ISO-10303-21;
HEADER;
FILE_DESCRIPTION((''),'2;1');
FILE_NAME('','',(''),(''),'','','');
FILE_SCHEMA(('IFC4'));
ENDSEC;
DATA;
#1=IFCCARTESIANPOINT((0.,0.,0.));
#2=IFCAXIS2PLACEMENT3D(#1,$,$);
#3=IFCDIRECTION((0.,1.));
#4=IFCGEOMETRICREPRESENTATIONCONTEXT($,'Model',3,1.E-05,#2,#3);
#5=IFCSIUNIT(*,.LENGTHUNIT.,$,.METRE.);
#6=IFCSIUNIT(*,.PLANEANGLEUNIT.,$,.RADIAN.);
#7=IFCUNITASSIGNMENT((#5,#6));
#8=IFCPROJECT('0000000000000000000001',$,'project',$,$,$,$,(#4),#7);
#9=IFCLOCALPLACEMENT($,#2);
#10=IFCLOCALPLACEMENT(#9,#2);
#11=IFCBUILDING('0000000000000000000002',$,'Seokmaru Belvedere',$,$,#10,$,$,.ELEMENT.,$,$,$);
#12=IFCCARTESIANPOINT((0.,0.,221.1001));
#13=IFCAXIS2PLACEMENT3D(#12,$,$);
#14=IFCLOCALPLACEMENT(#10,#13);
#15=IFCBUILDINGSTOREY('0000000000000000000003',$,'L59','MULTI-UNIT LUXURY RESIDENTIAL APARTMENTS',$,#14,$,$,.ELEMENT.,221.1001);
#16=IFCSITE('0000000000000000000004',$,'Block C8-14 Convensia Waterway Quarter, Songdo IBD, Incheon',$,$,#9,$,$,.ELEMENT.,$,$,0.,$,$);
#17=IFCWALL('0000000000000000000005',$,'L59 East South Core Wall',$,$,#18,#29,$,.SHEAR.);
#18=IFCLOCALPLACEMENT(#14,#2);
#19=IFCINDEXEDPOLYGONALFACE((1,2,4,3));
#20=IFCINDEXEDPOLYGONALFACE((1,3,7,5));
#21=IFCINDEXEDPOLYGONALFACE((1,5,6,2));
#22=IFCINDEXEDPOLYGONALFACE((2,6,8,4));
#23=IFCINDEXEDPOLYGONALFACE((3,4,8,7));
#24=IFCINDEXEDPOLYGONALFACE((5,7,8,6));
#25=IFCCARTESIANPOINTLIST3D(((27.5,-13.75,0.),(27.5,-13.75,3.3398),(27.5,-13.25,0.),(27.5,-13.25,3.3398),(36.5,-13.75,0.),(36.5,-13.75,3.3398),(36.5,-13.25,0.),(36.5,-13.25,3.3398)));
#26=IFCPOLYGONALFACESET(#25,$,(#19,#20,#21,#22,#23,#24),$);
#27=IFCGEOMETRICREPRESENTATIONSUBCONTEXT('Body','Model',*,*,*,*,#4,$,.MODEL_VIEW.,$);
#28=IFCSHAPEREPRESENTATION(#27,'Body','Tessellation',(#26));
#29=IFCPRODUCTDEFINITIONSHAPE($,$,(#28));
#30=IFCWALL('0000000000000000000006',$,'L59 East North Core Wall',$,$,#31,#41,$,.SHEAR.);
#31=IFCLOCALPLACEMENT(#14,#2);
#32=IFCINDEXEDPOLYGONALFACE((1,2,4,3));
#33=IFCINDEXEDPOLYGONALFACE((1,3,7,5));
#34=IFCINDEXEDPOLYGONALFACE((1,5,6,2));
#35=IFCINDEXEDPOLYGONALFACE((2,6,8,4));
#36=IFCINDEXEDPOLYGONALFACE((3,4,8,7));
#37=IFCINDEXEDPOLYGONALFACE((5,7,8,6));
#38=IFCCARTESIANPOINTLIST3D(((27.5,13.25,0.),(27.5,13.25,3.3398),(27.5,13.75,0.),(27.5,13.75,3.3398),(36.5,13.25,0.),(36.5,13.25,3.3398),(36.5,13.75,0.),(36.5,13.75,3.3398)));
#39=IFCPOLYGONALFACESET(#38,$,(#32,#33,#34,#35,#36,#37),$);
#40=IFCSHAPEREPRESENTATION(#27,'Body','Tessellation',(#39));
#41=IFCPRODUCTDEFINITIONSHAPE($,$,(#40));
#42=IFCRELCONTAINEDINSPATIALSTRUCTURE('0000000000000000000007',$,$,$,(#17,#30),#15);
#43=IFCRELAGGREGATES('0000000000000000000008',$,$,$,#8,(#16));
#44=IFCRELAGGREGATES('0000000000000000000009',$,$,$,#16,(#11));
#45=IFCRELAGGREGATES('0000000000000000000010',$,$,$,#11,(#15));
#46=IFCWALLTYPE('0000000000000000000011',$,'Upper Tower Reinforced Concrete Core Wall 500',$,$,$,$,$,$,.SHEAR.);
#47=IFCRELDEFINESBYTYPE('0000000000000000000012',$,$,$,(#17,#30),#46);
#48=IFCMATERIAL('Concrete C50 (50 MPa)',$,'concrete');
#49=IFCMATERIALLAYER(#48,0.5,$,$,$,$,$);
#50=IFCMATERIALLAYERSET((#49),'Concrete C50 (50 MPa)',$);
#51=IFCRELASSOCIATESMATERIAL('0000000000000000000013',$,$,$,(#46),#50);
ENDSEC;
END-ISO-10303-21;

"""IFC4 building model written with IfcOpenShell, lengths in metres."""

from ifc_helpers import new_model, si_unit, direction, frame, frame_2d, origin, place, context, subcontext, project, spatial, rectangle, extrude, material, layer, layer_set, type_object, element, save


model = new_model("IFC4")

# Units and contexts
model_context = context("Model", 3, precision=1e-05, world=origin(), true_north=direction((0.0, 1.0)))
body_context = subcontext(model_context, "Body", "Model", "MODEL_VIEW")
ifc_project = project(units=[si_unit("LENGTHUNIT", "METRE"), si_unit("PLANEANGLEUNIT", "RADIAN")], contexts=[model_context])

# Site, building, storey
site_placement = place(None, origin())
site = spatial("IfcSite", under=ifc_project, at=site_placement, Name="Block C8-14 Convensia Waterway Quarter, Songdo IBD, Incheon", CompositionType="ELEMENT", RefElevation=0.0)
building_placement = place(site_placement, origin())
building = spatial("IfcBuilding", under=site, at=building_placement, Name="Seokmaru Belvedere", CompositionType="ELEMENT")
storey_placement = place(building_placement, frame((0.0, 0.0, 221.1001)))
storey = spatial("IfcBuildingStorey", under=building, at=storey_placement, Name="L59", Description="MULTI-UNIT LUXURY RESIDENTIAL APARTMENTS", CompositionType="ELEMENT", Elevation=221.1001)

# Shared definitions
ifc_material_1 = material(Name="Concrete C50 (50 MPa)", Category="concrete")

# Walls
ifc_layer_1 = layer(ifc_material_1, 0.5)
ifc_layer_set_1 = layer_set([ifc_layer_1], Name="Concrete C50 (50 MPa)")
wall_type_1 = type_object("IfcWallType", Name="Upper Tower Reinforced Concrete Core Wall 500", PredefinedType="SHEAR", material=ifc_layer_set_1)
for number, where, z_axis, x_axis, name in (
    (1, (27.5, -13.5, 0.0), (0.0, 0.0, 1.0), (1.0, 0.0, 0.0), "L59 East South Core Wall"),
    (2, (27.5, 13.5, 0.0), (0.0, 0.0, 1.0), (1.0, 0.0, 0.0), "L59 East North Core Wall"),
):
    element("IfcWall", number, at=place(storey_placement, frame(where, z_axis=z_axis, x_axis=x_axis)), inside=storey, type_object=wall_type_1, Name=name, PredefinedType="SHEAR", context=body_context, shape_type="SweptSolid", body=[
        extrude(rectangle(XDim=9.0, YDim=0.5, at=frame_2d((4.5, 0.0))), origin(), (0.0, 0.0, 1.0), 3.3398),
    ])

save(model, "model.ifc")
